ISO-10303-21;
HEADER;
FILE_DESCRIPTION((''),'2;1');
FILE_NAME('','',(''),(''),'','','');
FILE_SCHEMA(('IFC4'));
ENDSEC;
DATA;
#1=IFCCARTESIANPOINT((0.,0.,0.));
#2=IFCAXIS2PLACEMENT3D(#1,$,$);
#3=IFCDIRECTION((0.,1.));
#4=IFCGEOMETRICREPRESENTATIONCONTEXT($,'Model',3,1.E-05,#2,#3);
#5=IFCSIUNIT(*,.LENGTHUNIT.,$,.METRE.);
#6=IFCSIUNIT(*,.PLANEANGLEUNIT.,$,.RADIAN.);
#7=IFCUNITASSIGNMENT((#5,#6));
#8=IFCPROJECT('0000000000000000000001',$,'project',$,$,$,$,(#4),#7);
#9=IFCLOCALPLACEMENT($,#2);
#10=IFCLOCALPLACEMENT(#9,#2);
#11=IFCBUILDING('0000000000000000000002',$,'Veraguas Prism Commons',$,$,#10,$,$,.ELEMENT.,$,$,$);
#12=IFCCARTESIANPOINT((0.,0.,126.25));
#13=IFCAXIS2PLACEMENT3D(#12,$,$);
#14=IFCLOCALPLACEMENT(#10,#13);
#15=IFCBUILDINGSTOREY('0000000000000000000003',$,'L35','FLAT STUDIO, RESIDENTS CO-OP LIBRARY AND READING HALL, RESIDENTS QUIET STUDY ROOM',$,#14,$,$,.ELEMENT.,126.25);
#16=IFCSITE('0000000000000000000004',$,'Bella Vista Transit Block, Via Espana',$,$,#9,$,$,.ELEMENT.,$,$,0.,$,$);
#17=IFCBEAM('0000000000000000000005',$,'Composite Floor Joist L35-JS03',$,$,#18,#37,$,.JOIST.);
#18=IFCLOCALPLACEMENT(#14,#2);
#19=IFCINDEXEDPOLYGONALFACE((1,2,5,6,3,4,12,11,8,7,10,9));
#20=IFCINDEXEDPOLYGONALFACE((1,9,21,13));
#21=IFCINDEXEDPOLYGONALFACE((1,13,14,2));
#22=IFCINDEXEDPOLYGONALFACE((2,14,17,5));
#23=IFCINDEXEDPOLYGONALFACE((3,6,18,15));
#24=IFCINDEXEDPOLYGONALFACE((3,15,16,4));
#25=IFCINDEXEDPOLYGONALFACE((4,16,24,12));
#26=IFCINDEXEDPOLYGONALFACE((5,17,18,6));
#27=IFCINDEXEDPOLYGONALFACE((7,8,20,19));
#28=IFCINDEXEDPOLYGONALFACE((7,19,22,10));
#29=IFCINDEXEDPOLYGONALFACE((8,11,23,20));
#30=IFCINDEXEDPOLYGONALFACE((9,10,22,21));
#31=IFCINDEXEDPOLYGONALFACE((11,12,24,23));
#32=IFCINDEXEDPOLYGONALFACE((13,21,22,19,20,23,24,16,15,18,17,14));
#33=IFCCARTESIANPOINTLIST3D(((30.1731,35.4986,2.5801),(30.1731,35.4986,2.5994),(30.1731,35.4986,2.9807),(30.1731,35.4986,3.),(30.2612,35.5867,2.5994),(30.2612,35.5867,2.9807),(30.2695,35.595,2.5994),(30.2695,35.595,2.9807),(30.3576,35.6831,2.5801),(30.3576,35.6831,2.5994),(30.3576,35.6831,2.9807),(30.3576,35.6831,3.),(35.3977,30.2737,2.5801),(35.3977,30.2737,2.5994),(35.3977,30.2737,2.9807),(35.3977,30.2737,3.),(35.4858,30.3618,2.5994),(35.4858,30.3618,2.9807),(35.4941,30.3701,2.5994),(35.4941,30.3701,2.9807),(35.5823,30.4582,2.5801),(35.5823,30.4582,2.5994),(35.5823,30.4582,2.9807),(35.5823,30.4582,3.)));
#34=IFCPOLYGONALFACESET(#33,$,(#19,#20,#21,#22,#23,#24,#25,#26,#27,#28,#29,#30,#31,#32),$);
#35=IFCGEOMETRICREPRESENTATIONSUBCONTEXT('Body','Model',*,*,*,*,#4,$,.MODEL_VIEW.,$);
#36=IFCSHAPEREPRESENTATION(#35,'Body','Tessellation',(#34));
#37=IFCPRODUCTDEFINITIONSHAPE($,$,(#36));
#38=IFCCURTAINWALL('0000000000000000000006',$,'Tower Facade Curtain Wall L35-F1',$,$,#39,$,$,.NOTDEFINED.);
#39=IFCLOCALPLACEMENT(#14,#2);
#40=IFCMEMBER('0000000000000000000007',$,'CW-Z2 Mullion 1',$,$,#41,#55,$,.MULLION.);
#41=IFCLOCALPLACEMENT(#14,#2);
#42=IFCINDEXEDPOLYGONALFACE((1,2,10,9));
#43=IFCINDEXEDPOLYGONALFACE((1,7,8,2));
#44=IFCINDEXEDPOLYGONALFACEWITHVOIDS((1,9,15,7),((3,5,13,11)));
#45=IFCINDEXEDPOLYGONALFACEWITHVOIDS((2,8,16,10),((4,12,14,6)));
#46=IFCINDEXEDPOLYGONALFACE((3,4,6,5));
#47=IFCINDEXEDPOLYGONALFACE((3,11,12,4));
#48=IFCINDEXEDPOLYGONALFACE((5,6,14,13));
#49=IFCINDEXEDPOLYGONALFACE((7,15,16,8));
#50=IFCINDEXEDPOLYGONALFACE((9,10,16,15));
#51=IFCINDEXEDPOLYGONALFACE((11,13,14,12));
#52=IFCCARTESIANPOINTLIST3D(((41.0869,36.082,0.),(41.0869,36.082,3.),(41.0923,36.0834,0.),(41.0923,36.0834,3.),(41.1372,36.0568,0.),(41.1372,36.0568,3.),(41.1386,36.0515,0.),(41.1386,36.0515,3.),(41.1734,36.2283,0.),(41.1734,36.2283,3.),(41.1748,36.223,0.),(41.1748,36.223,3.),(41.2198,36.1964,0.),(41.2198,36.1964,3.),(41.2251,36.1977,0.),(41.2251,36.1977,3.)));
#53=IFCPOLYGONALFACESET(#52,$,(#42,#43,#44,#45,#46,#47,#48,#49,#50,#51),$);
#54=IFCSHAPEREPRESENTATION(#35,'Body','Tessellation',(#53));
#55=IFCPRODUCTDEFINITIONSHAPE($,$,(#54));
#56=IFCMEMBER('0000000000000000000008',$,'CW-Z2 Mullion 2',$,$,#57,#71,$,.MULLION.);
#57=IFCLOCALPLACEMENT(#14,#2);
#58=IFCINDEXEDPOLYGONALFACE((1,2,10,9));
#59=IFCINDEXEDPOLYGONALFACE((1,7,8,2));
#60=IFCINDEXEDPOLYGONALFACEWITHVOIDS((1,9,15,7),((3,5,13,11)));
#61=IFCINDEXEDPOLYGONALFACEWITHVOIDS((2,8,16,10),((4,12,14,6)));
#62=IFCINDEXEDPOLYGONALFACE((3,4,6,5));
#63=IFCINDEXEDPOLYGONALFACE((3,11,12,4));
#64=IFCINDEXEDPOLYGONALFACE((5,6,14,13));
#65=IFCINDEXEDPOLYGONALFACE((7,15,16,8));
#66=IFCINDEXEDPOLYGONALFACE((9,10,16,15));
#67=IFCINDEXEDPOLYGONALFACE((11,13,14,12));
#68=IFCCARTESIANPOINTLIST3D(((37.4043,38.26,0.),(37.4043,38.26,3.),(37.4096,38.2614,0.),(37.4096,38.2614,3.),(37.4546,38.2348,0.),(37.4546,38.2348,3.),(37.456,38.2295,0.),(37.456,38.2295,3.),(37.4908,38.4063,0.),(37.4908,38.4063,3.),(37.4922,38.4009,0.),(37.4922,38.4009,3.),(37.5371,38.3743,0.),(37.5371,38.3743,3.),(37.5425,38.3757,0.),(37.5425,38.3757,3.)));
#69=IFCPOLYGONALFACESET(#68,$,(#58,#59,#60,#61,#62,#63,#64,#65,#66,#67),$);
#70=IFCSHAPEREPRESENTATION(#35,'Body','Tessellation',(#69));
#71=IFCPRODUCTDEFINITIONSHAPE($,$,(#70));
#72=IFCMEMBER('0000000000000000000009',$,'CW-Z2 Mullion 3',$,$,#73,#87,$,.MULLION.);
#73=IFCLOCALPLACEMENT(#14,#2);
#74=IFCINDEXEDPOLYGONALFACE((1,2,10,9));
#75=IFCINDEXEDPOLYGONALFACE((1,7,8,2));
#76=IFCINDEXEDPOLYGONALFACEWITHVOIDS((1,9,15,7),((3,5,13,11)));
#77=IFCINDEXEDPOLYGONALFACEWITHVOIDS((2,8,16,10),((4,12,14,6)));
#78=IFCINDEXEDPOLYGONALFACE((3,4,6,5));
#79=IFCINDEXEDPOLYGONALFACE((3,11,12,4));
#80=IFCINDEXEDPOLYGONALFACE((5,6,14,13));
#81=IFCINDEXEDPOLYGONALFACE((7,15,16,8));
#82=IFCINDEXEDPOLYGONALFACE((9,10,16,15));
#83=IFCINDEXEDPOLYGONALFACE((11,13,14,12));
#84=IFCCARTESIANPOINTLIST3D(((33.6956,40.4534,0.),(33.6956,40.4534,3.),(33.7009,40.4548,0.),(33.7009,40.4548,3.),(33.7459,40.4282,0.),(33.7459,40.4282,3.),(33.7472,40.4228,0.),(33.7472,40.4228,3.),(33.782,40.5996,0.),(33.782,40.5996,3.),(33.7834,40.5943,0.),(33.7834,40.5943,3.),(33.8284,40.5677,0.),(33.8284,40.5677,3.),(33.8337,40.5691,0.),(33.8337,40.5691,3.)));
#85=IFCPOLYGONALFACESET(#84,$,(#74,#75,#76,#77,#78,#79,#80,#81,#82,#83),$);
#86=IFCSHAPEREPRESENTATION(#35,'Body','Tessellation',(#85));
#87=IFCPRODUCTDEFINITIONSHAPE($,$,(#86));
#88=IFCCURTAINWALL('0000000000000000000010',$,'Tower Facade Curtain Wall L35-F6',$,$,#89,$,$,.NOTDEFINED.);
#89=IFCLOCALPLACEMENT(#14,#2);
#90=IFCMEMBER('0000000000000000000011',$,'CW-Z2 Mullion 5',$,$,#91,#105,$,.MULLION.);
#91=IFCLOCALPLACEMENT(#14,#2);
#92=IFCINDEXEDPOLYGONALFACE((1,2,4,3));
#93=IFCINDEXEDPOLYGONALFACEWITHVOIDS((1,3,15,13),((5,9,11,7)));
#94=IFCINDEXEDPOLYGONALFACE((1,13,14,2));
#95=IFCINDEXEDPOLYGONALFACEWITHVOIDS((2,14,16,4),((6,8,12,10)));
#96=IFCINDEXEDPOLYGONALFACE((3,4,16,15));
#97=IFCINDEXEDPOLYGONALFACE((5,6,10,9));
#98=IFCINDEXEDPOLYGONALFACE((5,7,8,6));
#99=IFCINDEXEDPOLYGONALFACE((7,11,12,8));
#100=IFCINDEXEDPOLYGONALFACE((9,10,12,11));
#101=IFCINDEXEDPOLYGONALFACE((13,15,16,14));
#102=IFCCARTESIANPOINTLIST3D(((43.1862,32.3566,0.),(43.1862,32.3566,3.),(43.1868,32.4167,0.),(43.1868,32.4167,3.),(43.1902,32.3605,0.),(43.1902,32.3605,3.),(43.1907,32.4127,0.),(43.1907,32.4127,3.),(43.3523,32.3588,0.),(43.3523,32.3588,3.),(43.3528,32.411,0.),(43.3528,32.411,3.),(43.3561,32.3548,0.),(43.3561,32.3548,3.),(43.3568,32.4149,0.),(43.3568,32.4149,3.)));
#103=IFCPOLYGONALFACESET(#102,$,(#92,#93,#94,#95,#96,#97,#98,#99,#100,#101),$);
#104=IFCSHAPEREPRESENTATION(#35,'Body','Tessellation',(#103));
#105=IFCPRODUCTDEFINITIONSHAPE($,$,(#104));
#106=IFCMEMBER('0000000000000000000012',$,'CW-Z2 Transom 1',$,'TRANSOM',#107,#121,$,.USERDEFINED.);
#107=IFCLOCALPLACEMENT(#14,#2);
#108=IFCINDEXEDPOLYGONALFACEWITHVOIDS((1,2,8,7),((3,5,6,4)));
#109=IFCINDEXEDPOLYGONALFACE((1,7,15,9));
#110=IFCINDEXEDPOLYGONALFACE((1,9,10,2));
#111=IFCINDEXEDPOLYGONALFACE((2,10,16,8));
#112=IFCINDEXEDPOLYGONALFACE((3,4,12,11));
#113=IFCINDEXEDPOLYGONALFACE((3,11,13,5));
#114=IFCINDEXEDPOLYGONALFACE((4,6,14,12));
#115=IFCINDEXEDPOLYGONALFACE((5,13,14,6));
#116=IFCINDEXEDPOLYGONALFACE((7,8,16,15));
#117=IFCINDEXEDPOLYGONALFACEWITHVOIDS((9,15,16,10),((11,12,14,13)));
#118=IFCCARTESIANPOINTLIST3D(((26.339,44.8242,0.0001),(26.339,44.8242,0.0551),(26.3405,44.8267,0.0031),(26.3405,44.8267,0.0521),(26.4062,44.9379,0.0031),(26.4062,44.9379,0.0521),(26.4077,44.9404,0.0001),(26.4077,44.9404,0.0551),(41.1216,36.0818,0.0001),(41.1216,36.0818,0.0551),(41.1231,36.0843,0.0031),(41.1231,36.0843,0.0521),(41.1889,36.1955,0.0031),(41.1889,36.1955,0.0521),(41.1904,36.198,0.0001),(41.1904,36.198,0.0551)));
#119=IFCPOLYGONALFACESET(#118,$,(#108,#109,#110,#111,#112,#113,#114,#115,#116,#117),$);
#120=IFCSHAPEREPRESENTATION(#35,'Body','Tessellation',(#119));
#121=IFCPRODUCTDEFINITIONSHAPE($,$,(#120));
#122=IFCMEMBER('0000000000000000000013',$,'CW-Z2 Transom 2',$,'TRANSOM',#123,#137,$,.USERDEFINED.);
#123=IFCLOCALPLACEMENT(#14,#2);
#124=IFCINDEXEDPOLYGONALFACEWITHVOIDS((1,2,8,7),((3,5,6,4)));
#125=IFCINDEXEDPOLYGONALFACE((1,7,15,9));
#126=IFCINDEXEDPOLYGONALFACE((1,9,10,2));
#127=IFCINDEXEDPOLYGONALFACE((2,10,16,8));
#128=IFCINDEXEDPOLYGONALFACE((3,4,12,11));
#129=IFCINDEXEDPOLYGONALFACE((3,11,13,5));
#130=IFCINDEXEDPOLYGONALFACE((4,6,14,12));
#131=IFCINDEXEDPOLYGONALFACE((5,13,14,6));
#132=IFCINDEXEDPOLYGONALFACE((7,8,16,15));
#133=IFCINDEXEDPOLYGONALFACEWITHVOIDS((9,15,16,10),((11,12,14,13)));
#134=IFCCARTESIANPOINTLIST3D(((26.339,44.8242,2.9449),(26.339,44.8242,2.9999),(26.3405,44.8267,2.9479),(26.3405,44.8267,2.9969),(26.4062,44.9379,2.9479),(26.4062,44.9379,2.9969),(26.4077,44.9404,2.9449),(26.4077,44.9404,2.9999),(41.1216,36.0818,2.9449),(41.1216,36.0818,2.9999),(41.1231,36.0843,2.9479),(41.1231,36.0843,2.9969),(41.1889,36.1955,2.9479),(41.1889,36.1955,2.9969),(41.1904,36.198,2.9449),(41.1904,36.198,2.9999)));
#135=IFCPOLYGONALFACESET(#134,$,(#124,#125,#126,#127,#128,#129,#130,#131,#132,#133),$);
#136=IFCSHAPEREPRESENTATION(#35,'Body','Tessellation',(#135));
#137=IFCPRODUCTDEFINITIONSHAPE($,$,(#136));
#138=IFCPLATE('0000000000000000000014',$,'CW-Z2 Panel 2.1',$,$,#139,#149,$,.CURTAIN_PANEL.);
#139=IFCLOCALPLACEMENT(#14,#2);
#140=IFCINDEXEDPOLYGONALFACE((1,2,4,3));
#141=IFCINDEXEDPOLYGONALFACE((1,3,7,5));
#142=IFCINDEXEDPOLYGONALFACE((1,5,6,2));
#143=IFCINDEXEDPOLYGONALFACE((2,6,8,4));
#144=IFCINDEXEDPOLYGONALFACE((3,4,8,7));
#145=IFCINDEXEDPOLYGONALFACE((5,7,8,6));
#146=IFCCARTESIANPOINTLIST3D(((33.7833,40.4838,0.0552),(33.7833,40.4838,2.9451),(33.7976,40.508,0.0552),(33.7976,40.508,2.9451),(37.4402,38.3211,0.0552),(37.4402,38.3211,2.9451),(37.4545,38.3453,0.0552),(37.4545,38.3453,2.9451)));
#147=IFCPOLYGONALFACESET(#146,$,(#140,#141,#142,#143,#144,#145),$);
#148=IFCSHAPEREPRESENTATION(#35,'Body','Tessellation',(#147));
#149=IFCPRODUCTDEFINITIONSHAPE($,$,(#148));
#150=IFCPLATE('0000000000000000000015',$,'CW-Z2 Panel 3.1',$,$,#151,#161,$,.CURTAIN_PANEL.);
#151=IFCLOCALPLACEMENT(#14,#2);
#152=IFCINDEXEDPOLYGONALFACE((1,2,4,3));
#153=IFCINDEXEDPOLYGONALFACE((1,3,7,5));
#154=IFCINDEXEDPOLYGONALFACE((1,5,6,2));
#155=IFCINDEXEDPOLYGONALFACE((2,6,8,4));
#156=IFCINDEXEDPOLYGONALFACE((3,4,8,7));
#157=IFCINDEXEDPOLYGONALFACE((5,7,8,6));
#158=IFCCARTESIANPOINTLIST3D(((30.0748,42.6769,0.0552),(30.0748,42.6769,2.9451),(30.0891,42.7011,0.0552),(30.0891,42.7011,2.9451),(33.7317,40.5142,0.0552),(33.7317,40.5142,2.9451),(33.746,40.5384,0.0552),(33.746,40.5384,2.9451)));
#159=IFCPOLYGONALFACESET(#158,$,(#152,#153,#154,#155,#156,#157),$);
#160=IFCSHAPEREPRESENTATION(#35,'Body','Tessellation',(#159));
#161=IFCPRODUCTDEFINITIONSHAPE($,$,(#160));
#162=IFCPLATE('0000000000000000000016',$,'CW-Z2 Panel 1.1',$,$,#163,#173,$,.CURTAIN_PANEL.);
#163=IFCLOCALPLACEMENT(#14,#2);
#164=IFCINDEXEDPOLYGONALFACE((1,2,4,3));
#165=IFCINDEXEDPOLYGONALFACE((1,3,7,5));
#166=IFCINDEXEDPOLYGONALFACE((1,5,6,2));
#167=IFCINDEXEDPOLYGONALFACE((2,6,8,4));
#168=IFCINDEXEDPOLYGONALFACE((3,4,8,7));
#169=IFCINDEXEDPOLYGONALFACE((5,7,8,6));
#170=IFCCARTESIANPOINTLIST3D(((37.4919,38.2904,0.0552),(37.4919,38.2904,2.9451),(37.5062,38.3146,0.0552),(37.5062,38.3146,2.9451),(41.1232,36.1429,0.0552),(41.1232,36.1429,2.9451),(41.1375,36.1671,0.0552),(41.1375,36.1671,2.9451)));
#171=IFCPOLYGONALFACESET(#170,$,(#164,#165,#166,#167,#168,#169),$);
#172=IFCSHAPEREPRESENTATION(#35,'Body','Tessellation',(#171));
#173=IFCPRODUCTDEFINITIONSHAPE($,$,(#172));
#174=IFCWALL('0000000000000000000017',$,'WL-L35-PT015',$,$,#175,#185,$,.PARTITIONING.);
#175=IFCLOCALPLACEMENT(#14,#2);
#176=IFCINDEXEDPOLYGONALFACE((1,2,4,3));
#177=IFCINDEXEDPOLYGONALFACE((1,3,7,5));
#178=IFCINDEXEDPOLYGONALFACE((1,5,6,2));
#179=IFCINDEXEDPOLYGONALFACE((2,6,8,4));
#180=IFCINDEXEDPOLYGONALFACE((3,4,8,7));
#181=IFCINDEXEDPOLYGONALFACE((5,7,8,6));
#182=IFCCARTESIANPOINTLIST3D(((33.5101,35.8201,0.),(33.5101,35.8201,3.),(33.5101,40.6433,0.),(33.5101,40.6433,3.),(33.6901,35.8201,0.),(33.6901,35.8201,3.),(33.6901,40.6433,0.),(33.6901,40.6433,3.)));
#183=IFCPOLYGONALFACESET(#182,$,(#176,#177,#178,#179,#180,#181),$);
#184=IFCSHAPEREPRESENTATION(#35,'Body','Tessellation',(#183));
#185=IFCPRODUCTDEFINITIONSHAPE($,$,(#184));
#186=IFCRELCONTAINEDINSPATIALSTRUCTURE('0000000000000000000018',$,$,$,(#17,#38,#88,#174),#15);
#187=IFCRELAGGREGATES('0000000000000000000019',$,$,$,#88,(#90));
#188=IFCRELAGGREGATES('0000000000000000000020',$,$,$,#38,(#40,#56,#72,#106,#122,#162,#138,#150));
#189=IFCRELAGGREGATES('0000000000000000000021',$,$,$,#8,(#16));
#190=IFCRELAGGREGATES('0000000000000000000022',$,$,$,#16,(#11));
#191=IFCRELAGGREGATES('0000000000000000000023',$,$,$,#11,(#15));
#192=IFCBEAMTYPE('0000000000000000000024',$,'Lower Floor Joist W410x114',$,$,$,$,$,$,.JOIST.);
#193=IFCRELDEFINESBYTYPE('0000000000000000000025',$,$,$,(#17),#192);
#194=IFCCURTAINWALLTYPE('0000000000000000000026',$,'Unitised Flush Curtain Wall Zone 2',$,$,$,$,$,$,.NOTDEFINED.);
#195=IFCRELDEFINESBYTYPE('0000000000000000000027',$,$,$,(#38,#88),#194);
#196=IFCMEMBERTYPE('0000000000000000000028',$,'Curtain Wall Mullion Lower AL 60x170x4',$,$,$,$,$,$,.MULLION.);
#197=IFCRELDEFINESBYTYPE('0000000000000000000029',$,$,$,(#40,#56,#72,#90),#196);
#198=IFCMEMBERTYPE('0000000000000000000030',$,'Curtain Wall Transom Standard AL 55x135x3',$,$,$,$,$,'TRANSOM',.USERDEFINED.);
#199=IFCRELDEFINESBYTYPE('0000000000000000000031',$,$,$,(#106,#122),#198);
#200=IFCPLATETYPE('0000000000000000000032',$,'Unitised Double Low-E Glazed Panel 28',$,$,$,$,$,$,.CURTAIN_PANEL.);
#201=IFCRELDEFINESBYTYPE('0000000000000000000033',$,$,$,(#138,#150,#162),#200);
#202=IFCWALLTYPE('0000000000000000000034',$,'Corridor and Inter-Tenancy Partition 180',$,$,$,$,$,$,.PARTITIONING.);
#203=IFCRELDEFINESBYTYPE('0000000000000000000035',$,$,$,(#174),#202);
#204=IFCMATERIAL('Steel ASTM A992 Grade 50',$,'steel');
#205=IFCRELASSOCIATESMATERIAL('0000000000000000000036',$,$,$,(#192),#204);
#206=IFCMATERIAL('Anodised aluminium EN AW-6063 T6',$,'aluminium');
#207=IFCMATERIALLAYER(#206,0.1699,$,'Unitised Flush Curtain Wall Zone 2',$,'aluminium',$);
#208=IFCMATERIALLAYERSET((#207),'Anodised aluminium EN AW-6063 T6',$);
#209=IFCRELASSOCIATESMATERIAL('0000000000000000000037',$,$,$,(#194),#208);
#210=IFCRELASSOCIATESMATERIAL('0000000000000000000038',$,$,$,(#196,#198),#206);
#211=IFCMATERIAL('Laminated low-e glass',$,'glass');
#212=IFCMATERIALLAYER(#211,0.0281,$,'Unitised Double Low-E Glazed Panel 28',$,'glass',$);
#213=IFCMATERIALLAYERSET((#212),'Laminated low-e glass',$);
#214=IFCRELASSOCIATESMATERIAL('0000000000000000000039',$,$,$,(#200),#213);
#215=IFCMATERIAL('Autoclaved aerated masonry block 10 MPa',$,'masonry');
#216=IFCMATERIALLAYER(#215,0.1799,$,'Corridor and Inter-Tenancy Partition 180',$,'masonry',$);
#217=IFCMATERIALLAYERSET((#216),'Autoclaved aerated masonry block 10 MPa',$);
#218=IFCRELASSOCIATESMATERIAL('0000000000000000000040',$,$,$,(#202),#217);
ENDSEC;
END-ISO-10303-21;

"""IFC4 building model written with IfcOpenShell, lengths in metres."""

from ifc_helpers import new_model, si_unit, direction, frame, frame_2d, origin, origin_2d, place, context, subcontext, project, spatial, rectangle, hollow_rectangle, i_section, extrude, source, transform, mapped, material, layer, layer_set, material_profile, profile_set, type_object, element, aggregate, save


model = new_model("IFC4")

# Units and contexts
model_context = context("Model", 3, precision=1e-05, world=origin(), true_north=direction((0.0, 1.0)))
body_context = subcontext(model_context, "Body", "Model", "MODEL_VIEW")
ifc_project = project(units=[si_unit("LENGTHUNIT", "METRE"), si_unit("PLANEANGLEUNIT", "RADIAN")], contexts=[model_context])

# Site, building, storey
site_placement = place(None, origin())
site = spatial("IfcSite", under=ifc_project, at=site_placement, Name="Bella Vista Transit Block, Via Espana", CompositionType="ELEMENT", RefElevation=0.0)
building_placement = place(site_placement, origin())
building = spatial("IfcBuilding", under=site, at=building_placement, Name="Veraguas Prism Commons", CompositionType="ELEMENT")
storey_placement = place(building_placement, frame((0.0, 0.0, 126.25)))
storey = spatial("IfcBuildingStorey", under=building, at=storey_placement, Name="L35", Description="FLAT STUDIO, RESIDENTS CO-OP LIBRARY AND READING HALL, RESIDENTS QUIET STUDY ROOM", CompositionType="ELEMENT", Elevation=126.25)

# Beam
ifc_material_1 = material(Name="Steel ASTM A992 Grade 50", Category="steel")
ifc_material_profile_1 = material_profile(ifc_material_1, i_section(OverallWidth=0.261, OverallDepth=0.4199, WebThickness=0.0117, FlangeThickness=0.0193, at=origin_2d()), Name="W410X114")
ifc_profile_set_1 = profile_set([ifc_material_profile_1], Name="Steel ASTM A992 Grade 50")
beam_type = type_object("IfcBeamType", Name="Lower Floor Joist W410x114", PredefinedType="JOIST", material=ifc_profile_set_1)
beam_placement = place(storey_placement, frame((35.49, 30.366, 2.79), z_axis=(-0.70709, 0.707123, 0.0), x_axis=(-0.707123, -0.70709, 0.0)))
element("IfcBeam", 1, at=beam_placement, inside=storey, type_object=beam_type, Name="Composite Floor Joist L35-JS03", PredefinedType="JOIST", context=body_context, shape_type="SweptSolid", body=[
    extrude(i_section(OverallWidth=0.261, OverallDepth=0.4199, WebThickness=0.0117, FlangeThickness=0.0193, at=origin_2d()), origin(), (0.0, 0.0, 1.0), 7.3889),
])

# Curtain wall, members
ifc_material_2 = material(Name="Anodised aluminium EN AW-6063 T6", Category="aluminium")
ifc_layer_1 = layer(ifc_material_2, 0.1699, Name="Unitised Flush Curtain Wall Zone 2", Category="aluminium")
ifc_layer_set_1 = layer_set([ifc_layer_1], Name="Anodised aluminium EN AW-6063 T6")
curtain_wall_type = type_object("IfcCurtainWallType", Name="Unitised Flush Curtain Wall Zone 2", PredefinedType="NOTDEFINED", material=ifc_layer_set_1)
curtain_wall_1_placement = place(storey_placement, origin())
curtain_wall_1 = element("IfcCurtainWall", 2, at=curtain_wall_1_placement, inside=storey, type_object=curtain_wall_type, Name="Tower Facade Curtain Wall L35-F1", PredefinedType="NOTDEFINED")
ifc_material_profile_2 = material_profile(ifc_material_2, hollow_rectangle(XDim=0.0601, YDim=0.1699, WallThickness=0.0039, at=origin_2d()), Name="AL60X170X4")
ifc_profile_set_2 = profile_set([ifc_material_profile_2], Name="Anodised aluminium EN AW-6063 T6")
member_type_1 = type_object("IfcMemberType", Name="Curtain Wall Mullion Lower AL 60x170x4", PredefinedType="MULLION", material=ifc_profile_set_2)
shared_shape_1 = source(origin(), body_context, "Body", "SweptSolid", [
    extrude(hollow_rectangle(XDim=0.0601, YDim=0.1699, WallThickness=0.0039, at=origin_2d()), origin(), (0.0, 0.0, 1.0), 3.0),
])
member_1_placement = place(storey_placement, frame((41.156, 36.1399, 0.0), z_axis=(0.0, 0.0, 1.0), x_axis=(-0.860742, 0.509041, 0.0)))
member_1 = element("IfcMember", 3, at=member_1_placement, type_object=member_type_1, Name="CW-Z2 Mullion 1", PredefinedType="MULLION", context=body_context, shape_type="MappedRepresentation", body=[
    mapped(shared_shape_1, transform((0.0, 0.0, 0.0), scale=1.0)),
])
member_2_placement = place(storey_placement, frame((37.4734, 38.3179, 0.0), z_axis=(0.0, 0.0, 1.0), x_axis=(-0.860742, 0.509041, 0.0)))
member_2 = element("IfcMember", 4, at=member_2_placement, type_object=member_type_1, Name="CW-Z2 Mullion 2", PredefinedType="MULLION", context=body_context, shape_type="MappedRepresentation", body=[
    mapped(shared_shape_1, transform((0.0, 0.0, 0.0), scale=1.0)),
])
member_3_placement = place(storey_placement, frame((33.7646, 40.5112, 0.0), z_axis=(0.0, 0.0, 1.0), x_axis=(-0.860742, 0.509041, 0.0)))
member_3 = element("IfcMember", 5, at=member_3_placement, type_object=member_type_1, Name="CW-Z2 Mullion 3", PredefinedType="MULLION", context=body_context, shape_type="MappedRepresentation", body=[
    mapped(shared_shape_1, transform((0.0, 0.0, 0.0), scale=1.0)),
])

# Curtain wall, member
curtain_wall_2_placement = place(storey_placement, origin())
curtain_wall_2 = element("IfcCurtainWall", 6, at=curtain_wall_2_placement, inside=storey, type_object=curtain_wall_type, Name="Tower Facade Curtain Wall L35-F6", PredefinedType="NOTDEFINED")
member_4_placement = place(storey_placement, frame((43.2715, 32.3857, 0.0), z_axis=(0.0, 0.0, 1.0), x_axis=(0.010479, 0.999945, 0.0)))
member_4 = element("IfcMember", 7, at=member_4_placement, type_object=member_type_1, Name="CW-Z2 Mullion 5", PredefinedType="MULLION", context=body_context, shape_type="MappedRepresentation", body=[
    mapped(shared_shape_1, transform((0.0, 0.0, 0.0), scale=1.0)),
])
aggregate(curtain_wall_2, [member_4])

# Members
ifc_material_profile_3 = material_profile(ifc_material_2, hollow_rectangle(XDim=0.0549, YDim=0.135, WallThickness=0.0029, at=origin_2d()), Name="AL55X135X3")
ifc_profile_set_3 = profile_set([ifc_material_profile_3], Name="Anodised aluminium EN AW-6063 T6")
member_type_2 = type_object("IfcMemberType", Name="Curtain Wall Transom Standard AL 55x135x3", ElementType="TRANSOM", PredefinedType="USERDEFINED", material=ifc_profile_set_3)
shared_shape_2 = source(origin(), body_context, "Body", "SweptSolid", [
    extrude(hollow_rectangle(XDim=0.0549, YDim=0.135, WallThickness=0.0029, at=origin_2d()), origin(), (0.0, 0.0, 1.0), 17.1743),
])
member_5_placement = place(storey_placement, frame((41.156, 36.1399, 0.0276), z_axis=(-0.860743, 0.50904, 0.0), x_axis=(0.0, 0.0, 1.0)))
member_5 = element("IfcMember", 8, at=member_5_placement, type_object=member_type_2, Name="CW-Z2 Transom 1", ObjectType="TRANSOM", PredefinedType="USERDEFINED", context=body_context, shape_type="MappedRepresentation", body=[
    mapped(shared_shape_2, transform((0.0, 0.0, 0.0), scale=1.0)),
])
member_6_placement = place(storey_placement, frame((41.156, 36.1399, 2.9724), z_axis=(-0.860743, 0.50904, 0.0), x_axis=(0.0, 0.0, 1.0)))
member_6 = element("IfcMember", 9, at=member_6_placement, type_object=member_type_2, Name="CW-Z2 Transom 2", ObjectType="TRANSOM", PredefinedType="USERDEFINED", context=body_context, shape_type="MappedRepresentation", body=[
    mapped(shared_shape_2, transform((0.0, 0.0, 0.0), scale=1.0)),
])

# Plates
ifc_material_3 = material(Name="Laminated low-e glass", Category="glass")
ifc_layer_2 = layer(ifc_material_3, 0.0281, Name="Unitised Double Low-E Glazed Panel 28", Category="glass")
ifc_layer_set_2 = layer_set([ifc_layer_2], Name="Laminated low-e glass")
plate_type = type_object("IfcPlateType", Name="Unitised Double Low-E Glazed Panel 28", PredefinedType="CURTAIN_PANEL", material=ifc_layer_set_2)
shared_shape_3 = source(origin(), body_context, "Body", "SweptSolid", [
    extrude(rectangle(XDim=4.2485, YDim=0.0281, at=origin_2d()), origin(), (0.0, 0.0, 1.0), 2.8899),
])
plate_1_placement = place(storey_placement, frame((35.6189, 39.4146, 0.0552), z_axis=(0.0, 0.0, 1.0), x_axis=(-0.860742, 0.509041, 0.0)))
plate_1 = element("IfcPlate", 10, at=plate_1_placement, type_object=plate_type, Name="CW-Z2 Panel 2.1", PredefinedType="CURTAIN_PANEL", context=body_context, shape_type="MappedRepresentation", body=[
    mapped(shared_shape_3, transform((0.0, 0.0, 0.0), scale=1.0)),
])
plate_2_placement = place(storey_placement, frame((31.9104, 41.6077, 0.0552), z_axis=(0.0, 0.0, 1.0), x_axis=(-0.860742, 0.509041, 0.0)))
plate_2 = element("IfcPlate", 11, at=plate_2_placement, type_object=plate_type, Name="CW-Z2 Panel 3.1", PredefinedType="CURTAIN_PANEL", context=body_context, shape_type="MappedRepresentation", body=[
    mapped(shared_shape_3, transform((0.0, 0.0, 0.0), scale=1.0)),
])
shared_shape_4 = source(origin(), body_context, "Body", "SweptSolid", [
    extrude(rectangle(XDim=4.2188, YDim=0.0281, at=origin_2d()), origin(), (0.0, 0.0, 1.0), 2.8899),
])
plate_3_placement = place(storey_placement, frame((39.3147, 37.2288, 0.0552), z_axis=(0.0, 0.0, 1.0), x_axis=(-0.860742, 0.509041, 0.0)))
plate_3 = element("IfcPlate", 12, at=plate_3_placement, type_object=plate_type, Name="CW-Z2 Panel 1.1", PredefinedType="CURTAIN_PANEL", context=body_context, shape_type="MappedRepresentation", body=[
    mapped(shared_shape_4, transform((0.0, 0.0, 0.0), scale=1.0)),
])
aggregate(curtain_wall_1, [member_1, member_2, member_3, member_5, member_6, plate_3, plate_1, plate_2])

# Wall
ifc_material_4 = material(Name="Autoclaved aerated masonry block 10 MPa", Category="masonry")
ifc_layer_3 = layer(ifc_material_4, 0.1799, Name="Corridor and Inter-Tenancy Partition 180", Category="masonry")
ifc_layer_set_3 = layer_set([ifc_layer_3], Name="Autoclaved aerated masonry block 10 MPa")
wall_type_1 = type_object("IfcWallType", Name="Corridor and Inter-Tenancy Partition 180", PredefinedType="PARTITIONING", material=ifc_layer_set_3)
wall_1_placement = place(storey_placement, frame((33.6001, 35.8201, 0.0), z_axis=(0.0, 0.0, 1.0), x_axis=(0.0, 1.0, 0.0)))
element("IfcWall", 13, at=wall_1_placement, inside=storey, type_object=wall_type_1, Name="WL-L35-PT015", PredefinedType="PARTITIONING", context=body_context, shape_type="SweptSolid", body=[
    extrude(rectangle(XDim=4.8232, YDim=0.1799, at=frame_2d((2.4116, 0.0))), origin(), (0.0, 0.0, 1.0), 3.0),
])

save(model, "model.ifc")
